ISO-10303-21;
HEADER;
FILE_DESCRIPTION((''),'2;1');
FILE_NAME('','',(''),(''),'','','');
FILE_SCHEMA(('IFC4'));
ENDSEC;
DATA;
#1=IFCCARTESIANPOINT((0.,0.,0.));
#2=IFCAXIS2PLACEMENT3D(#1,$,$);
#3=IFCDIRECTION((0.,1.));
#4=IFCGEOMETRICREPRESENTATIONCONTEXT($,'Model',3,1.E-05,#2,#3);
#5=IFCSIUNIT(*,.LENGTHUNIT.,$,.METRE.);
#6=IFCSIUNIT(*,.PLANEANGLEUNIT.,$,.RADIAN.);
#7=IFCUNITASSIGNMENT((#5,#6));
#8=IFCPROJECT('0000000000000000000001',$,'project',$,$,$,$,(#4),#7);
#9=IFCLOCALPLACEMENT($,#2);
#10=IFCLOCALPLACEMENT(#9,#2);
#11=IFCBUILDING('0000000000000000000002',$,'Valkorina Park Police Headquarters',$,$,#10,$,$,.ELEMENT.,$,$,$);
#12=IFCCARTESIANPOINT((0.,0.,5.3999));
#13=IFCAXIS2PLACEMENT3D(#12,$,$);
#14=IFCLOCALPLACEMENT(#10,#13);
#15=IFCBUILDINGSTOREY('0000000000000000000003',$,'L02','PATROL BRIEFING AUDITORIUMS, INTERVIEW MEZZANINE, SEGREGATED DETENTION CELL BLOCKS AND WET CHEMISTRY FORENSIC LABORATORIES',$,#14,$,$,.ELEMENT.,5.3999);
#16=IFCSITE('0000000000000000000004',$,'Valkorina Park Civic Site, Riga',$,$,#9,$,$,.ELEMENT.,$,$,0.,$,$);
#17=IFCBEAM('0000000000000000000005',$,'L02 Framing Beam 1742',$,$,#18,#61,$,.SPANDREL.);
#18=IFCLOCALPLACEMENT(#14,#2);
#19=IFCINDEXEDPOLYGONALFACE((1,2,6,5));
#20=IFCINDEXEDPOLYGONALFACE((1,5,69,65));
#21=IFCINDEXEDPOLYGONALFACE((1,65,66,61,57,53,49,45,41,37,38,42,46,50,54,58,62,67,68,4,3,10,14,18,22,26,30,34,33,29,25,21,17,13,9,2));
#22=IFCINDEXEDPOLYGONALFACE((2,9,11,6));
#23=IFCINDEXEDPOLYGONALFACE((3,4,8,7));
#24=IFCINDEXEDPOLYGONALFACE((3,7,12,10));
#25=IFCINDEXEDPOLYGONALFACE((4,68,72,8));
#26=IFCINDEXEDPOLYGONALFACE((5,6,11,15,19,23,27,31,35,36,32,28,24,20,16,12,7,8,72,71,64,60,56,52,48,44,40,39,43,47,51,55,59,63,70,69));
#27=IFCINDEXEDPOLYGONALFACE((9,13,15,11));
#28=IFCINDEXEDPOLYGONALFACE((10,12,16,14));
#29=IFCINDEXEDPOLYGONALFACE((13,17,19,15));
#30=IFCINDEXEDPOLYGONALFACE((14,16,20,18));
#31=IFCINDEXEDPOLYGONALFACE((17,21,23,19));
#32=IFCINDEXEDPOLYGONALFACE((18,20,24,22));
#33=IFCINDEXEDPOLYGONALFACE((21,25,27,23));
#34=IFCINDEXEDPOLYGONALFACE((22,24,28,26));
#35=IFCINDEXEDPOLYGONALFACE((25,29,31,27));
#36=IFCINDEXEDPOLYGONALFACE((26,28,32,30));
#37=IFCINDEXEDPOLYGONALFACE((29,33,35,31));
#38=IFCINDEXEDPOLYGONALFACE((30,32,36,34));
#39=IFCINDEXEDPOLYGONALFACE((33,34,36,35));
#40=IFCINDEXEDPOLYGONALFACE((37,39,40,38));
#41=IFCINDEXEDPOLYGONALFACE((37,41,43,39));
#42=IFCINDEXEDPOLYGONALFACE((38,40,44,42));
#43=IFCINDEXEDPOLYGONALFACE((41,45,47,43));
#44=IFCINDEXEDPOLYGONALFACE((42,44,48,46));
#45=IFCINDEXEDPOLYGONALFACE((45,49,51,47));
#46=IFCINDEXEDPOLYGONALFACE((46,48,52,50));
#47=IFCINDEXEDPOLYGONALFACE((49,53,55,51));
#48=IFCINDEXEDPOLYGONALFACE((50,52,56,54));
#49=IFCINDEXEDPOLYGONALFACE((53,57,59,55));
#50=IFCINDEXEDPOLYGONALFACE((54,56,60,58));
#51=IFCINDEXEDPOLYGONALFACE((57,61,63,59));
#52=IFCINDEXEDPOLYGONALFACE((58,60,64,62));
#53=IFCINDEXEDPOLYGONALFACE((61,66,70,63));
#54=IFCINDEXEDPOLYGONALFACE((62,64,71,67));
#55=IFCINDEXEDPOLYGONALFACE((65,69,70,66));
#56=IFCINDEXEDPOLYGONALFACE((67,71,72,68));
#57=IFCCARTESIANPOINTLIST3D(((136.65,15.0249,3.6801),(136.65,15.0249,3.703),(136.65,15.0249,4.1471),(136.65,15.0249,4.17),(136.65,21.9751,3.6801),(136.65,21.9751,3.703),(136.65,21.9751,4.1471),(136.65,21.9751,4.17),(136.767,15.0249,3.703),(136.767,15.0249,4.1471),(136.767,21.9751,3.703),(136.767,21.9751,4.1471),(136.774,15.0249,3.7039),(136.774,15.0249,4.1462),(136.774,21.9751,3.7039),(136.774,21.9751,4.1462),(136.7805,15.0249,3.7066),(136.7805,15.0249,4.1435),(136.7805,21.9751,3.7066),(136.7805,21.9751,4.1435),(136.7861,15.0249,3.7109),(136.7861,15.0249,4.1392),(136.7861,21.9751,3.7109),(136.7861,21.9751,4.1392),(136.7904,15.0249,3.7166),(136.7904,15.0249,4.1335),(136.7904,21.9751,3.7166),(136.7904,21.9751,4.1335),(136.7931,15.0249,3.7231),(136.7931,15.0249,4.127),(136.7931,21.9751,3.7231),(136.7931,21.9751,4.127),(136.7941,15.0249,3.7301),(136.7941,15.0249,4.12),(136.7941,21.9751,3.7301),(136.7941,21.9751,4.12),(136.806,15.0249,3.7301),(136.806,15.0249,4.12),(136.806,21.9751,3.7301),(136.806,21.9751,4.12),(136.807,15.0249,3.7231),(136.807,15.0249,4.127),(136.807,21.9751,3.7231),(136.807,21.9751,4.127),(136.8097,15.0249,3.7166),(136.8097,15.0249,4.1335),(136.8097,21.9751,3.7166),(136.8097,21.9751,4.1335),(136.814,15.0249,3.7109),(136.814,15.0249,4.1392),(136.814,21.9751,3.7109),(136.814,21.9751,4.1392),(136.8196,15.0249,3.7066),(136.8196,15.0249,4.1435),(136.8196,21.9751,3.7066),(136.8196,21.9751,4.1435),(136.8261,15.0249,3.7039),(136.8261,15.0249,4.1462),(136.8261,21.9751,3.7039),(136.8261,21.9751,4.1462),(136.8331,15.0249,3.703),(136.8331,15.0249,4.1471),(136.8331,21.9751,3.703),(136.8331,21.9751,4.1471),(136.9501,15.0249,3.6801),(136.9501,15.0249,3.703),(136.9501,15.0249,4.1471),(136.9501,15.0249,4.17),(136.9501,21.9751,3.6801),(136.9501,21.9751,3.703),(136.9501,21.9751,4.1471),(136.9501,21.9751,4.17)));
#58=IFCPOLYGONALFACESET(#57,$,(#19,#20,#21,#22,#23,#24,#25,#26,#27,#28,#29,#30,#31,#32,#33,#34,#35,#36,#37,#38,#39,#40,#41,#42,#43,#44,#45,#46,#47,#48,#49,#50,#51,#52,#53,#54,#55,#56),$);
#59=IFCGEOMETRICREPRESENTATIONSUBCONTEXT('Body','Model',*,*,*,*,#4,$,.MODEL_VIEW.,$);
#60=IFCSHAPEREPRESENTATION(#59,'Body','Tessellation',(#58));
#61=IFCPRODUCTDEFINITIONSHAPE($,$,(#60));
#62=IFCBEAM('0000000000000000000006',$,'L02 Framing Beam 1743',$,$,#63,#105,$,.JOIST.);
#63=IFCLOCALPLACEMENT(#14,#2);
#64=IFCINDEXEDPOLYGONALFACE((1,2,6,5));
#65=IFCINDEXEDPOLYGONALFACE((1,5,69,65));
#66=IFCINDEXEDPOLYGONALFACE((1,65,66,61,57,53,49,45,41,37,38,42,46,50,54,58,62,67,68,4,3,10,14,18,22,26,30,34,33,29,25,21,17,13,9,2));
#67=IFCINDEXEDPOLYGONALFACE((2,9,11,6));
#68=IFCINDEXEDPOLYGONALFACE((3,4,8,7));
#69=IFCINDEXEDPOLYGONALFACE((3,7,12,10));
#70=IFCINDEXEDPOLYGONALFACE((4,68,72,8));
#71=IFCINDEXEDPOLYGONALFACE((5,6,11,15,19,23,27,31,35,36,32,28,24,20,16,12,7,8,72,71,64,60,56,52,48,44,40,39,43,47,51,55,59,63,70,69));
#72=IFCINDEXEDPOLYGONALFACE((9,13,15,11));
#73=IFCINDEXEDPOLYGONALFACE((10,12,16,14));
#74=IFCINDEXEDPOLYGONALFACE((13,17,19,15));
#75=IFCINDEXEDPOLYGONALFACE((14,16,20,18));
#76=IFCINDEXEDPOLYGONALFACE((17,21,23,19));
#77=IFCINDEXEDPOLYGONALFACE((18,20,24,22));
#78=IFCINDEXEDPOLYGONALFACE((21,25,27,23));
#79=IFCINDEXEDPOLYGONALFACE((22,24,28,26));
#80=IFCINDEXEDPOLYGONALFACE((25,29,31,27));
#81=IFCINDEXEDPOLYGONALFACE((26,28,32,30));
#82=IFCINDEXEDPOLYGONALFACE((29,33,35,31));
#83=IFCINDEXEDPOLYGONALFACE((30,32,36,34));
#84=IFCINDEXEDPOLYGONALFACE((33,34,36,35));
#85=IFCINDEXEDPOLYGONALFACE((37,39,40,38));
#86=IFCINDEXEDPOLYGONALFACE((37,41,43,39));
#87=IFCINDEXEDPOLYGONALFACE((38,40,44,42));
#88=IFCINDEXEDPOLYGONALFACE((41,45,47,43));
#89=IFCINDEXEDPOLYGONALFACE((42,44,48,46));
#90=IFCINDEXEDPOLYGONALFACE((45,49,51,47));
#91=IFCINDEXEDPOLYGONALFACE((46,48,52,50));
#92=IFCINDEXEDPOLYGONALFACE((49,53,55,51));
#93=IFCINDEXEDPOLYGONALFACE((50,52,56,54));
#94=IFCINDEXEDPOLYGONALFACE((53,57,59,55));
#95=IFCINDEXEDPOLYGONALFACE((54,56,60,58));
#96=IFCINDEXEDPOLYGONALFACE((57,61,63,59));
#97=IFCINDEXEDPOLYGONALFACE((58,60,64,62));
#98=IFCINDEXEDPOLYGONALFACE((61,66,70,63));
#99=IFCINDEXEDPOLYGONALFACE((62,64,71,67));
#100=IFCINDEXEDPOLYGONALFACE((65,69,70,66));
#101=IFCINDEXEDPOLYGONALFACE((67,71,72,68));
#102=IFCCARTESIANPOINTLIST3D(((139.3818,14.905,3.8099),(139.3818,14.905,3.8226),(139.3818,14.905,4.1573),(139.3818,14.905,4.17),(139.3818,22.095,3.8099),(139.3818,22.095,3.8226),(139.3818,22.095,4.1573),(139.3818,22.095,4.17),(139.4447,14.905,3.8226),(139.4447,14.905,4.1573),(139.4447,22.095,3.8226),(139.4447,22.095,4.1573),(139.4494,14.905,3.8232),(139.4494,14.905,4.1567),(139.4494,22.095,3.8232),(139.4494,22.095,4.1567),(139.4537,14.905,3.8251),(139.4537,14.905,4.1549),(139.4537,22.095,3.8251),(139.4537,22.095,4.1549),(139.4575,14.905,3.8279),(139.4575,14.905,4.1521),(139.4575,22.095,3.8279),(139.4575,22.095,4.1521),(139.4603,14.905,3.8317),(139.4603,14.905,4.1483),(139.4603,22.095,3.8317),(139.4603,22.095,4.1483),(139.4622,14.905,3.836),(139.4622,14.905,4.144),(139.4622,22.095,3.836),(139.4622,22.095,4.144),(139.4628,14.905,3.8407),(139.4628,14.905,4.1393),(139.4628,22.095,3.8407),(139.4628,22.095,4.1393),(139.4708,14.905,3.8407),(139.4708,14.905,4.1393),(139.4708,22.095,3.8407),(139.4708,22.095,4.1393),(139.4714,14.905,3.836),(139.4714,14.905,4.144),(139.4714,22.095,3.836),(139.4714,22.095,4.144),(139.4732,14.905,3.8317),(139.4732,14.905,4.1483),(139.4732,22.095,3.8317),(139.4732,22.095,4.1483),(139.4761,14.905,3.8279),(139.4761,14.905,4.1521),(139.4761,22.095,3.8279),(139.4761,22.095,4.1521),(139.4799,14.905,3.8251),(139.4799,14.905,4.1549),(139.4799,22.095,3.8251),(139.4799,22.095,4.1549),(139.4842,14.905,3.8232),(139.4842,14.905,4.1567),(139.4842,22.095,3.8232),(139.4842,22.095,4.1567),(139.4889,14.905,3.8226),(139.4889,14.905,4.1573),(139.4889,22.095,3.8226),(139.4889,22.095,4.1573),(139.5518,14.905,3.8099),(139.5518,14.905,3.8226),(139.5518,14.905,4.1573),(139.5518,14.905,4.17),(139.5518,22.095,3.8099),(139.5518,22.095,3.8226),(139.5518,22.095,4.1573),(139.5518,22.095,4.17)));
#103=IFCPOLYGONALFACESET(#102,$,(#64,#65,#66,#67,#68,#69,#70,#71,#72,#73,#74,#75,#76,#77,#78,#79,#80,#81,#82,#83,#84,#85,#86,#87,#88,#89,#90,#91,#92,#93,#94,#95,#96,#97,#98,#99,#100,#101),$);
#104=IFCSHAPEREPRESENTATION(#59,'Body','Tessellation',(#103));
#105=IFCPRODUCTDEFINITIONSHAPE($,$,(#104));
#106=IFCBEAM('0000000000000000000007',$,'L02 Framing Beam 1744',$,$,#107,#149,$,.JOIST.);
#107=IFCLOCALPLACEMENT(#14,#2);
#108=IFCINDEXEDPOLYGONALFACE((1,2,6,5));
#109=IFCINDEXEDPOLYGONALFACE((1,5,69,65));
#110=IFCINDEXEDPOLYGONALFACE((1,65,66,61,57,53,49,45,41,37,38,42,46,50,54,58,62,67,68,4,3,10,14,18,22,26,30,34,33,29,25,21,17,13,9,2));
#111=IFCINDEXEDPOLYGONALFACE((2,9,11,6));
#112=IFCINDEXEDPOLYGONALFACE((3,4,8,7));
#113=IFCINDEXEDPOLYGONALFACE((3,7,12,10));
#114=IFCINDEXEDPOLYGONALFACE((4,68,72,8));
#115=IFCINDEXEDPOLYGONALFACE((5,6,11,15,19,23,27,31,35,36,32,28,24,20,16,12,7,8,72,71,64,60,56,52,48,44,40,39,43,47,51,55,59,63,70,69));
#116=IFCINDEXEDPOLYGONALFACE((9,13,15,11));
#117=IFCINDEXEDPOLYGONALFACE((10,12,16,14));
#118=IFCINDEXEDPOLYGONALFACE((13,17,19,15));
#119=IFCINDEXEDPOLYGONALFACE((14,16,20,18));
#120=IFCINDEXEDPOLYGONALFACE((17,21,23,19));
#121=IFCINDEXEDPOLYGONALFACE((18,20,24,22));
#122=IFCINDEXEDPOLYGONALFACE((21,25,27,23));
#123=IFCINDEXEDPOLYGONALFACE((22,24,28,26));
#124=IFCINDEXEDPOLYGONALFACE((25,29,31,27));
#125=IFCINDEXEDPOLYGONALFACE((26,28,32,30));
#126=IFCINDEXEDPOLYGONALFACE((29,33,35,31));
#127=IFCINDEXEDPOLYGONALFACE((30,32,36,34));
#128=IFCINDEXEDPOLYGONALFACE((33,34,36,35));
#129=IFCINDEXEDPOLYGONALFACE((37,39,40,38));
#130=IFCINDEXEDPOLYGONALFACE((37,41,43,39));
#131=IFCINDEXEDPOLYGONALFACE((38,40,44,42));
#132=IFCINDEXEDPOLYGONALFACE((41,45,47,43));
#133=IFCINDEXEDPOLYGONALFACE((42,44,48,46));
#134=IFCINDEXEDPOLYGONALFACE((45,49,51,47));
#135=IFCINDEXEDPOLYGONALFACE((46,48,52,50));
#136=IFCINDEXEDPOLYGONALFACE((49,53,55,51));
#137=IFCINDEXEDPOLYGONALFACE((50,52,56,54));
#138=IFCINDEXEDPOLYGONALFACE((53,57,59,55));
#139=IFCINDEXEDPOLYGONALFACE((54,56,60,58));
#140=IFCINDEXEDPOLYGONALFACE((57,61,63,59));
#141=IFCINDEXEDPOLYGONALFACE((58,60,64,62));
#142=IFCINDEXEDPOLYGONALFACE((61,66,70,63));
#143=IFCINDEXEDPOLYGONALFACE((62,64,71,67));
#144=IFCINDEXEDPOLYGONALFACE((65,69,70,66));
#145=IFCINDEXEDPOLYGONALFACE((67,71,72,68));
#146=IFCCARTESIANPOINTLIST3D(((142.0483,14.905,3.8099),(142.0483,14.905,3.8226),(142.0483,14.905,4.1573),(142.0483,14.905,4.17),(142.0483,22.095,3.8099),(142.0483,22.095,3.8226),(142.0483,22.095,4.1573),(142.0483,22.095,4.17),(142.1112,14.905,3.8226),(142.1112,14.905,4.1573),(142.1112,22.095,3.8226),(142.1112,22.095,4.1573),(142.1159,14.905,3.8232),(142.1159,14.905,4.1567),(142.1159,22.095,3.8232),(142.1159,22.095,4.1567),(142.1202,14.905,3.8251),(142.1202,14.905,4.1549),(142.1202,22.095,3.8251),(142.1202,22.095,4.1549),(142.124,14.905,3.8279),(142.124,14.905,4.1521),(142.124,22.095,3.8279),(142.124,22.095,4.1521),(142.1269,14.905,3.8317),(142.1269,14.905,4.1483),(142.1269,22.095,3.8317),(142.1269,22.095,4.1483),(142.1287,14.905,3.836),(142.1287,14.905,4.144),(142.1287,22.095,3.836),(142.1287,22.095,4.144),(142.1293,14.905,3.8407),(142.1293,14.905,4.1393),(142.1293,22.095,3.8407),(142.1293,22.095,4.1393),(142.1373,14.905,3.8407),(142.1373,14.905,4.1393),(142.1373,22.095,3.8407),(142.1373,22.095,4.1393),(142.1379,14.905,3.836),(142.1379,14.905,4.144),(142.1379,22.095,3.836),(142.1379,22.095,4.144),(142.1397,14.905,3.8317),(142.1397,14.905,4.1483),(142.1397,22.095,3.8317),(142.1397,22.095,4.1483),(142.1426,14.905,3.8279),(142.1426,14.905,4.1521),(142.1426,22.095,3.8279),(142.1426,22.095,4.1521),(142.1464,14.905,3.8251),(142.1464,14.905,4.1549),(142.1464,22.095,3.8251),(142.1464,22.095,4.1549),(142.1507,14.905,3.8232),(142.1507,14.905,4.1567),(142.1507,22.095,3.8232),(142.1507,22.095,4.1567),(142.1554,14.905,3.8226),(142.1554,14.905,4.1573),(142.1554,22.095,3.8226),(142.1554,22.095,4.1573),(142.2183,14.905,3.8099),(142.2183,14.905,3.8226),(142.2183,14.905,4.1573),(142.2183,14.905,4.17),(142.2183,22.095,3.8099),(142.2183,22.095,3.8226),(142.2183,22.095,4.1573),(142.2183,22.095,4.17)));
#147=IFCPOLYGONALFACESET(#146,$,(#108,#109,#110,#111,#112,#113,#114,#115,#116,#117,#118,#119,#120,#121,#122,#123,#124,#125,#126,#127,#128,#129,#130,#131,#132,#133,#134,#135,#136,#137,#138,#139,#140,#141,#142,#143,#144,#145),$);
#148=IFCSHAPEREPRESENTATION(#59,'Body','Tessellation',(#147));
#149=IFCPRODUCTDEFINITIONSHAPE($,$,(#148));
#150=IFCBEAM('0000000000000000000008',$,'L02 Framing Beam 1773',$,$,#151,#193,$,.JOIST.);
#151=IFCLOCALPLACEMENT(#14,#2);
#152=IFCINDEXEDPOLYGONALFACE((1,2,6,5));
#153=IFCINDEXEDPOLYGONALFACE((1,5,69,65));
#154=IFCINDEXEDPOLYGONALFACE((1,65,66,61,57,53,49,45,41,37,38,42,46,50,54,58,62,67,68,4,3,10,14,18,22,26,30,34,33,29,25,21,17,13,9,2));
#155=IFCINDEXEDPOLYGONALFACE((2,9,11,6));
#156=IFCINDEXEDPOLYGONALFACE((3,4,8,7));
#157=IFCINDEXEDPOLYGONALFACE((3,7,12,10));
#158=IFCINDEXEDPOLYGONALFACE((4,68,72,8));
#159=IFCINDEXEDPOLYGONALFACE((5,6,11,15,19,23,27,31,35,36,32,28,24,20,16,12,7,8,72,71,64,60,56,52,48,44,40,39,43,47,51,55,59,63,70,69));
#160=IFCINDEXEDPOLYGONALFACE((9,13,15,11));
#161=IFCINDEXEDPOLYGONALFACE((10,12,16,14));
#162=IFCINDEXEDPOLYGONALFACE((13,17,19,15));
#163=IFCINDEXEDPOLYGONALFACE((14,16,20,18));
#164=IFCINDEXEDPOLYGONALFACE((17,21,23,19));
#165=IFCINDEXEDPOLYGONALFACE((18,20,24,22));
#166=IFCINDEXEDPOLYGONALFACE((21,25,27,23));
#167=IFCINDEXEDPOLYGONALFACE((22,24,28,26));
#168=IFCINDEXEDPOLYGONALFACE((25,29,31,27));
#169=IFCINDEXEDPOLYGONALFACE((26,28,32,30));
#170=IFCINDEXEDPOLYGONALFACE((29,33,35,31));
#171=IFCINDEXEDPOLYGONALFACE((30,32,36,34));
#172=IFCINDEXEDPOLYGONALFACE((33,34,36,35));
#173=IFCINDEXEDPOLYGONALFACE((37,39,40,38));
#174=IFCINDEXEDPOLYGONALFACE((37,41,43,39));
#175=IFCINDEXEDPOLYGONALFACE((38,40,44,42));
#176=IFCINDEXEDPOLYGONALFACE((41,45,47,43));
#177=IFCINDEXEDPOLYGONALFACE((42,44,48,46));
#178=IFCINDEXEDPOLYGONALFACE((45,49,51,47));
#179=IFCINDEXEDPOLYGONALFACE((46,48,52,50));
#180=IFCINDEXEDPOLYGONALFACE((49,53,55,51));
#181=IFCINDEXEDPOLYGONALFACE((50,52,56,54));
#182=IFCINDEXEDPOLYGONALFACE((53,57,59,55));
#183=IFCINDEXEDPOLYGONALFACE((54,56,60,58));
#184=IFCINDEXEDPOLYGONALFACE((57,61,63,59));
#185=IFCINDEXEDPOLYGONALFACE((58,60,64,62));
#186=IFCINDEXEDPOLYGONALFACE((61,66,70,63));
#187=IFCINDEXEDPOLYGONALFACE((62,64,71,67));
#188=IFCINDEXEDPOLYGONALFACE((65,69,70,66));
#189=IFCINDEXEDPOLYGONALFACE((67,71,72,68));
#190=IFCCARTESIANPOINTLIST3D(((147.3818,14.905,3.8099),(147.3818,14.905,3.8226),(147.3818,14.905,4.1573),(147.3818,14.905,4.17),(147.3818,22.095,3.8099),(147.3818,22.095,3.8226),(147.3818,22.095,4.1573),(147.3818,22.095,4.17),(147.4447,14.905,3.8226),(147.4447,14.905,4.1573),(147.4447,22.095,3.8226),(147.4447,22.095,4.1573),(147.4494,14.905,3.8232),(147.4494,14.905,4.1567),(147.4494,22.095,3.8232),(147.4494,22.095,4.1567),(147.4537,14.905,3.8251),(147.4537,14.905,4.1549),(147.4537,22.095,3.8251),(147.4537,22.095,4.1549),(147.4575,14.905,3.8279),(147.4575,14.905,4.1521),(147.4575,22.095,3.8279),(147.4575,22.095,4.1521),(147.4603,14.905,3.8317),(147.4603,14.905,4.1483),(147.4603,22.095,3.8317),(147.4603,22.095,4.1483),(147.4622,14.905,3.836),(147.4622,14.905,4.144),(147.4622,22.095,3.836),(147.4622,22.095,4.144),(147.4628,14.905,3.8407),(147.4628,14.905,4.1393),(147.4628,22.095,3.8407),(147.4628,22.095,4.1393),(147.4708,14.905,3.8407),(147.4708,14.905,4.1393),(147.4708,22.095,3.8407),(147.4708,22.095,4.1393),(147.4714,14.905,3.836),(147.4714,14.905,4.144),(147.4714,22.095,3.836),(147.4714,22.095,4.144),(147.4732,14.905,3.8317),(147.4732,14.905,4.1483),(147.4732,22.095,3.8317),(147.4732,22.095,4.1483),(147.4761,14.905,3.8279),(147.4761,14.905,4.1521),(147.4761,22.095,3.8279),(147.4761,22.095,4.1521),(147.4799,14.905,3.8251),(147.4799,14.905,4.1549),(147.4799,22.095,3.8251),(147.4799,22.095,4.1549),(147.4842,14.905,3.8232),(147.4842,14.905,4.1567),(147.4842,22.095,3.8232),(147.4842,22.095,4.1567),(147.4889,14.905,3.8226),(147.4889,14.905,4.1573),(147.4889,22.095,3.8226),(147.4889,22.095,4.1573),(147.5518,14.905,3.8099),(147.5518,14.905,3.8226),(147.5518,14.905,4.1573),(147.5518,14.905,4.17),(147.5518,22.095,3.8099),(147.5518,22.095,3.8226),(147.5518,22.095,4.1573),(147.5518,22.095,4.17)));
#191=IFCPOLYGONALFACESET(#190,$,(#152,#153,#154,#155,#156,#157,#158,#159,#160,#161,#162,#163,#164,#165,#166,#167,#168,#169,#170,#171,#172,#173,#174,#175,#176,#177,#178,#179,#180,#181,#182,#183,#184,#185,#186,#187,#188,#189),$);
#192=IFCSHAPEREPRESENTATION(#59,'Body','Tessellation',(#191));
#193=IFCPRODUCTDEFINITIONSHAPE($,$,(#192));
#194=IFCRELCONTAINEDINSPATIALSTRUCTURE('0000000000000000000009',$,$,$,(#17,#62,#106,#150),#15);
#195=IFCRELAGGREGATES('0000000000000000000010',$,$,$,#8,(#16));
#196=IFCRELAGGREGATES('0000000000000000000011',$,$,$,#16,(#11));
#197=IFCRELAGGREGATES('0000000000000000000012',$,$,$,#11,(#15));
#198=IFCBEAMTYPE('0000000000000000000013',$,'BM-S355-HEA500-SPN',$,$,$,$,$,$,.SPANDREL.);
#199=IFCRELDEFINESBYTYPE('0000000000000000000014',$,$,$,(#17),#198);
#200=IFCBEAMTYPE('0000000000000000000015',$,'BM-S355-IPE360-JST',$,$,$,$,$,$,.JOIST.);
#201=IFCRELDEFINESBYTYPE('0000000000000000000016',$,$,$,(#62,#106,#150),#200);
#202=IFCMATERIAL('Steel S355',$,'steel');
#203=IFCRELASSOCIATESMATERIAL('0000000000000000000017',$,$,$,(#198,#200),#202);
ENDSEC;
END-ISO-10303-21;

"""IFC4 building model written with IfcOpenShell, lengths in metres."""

from ifc_helpers import new_model, si_unit, direction, frame, origin, origin_2d, place, context, subcontext, project, spatial, i_section, extrude, material, material_profile, profile_set, type_object, element, save


model = new_model("IFC4")

# Units and contexts
model_context = context("Model", 3, precision=1e-05, world=origin(), true_north=direction((0.0, 1.0)))
body_context = subcontext(model_context, "Body", "Model", "MODEL_VIEW")
ifc_project = project(units=[si_unit("LENGTHUNIT", "METRE"), si_unit("PLANEANGLEUNIT", "RADIAN")], contexts=[model_context])

# Site, building, storey
site_placement = place(None, origin())
site = spatial("IfcSite", under=ifc_project, at=site_placement, Name="Valkorina Park Civic Site, Riga", CompositionType="ELEMENT", RefElevation=0.0)
building_placement = place(site_placement, origin())
building = spatial("IfcBuilding", under=site, at=building_placement, Name="Valkorina Park Police Headquarters", CompositionType="ELEMENT")
storey_placement = place(building_placement, frame((0.0, 0.0, 5.3999)))
storey = spatial("IfcBuildingStorey", under=building, at=storey_placement, Name="L02", Description="PATROL BRIEFING AUDITORIUMS, INTERVIEW MEZZANINE, SEGREGATED DETENTION CELL BLOCKS AND WET CHEMISTRY FORENSIC LABORATORIES", CompositionType="ELEMENT", Elevation=5.3999)

# Shared definitions
ifc_material_1 = material(Name="Steel S355", Category="steel")

# Beams
ifc_material_profile_1 = material_profile(ifc_material_1, i_section(OverallWidth=0.3, OverallDepth=0.49, WebThickness=0.012, FlangeThickness=0.0229, FilletRadius=0.0271, at=origin_2d()), Name="HEA 500")
ifc_profile_set_1 = profile_set([ifc_material_profile_1], Name="Steel S355")
beam_type_1 = type_object("IfcBeamType", Name="BM-S355-HEA500-SPN", PredefinedType="SPANDREL", material=ifc_profile_set_1)
beam_1_placement = place(storey_placement, frame((136.8, 15.0249, 3.925), z_axis=(0.0, 1.0, 0.0), x_axis=(-1.0, 0.0, 0.0)))
element("IfcBeam", 1, at=beam_1_placement, inside=storey, type_object=beam_type_1, Name="L02 Framing Beam 1742", PredefinedType="SPANDREL", context=body_context, shape_type="SweptSolid", body=[
    extrude(i_section(OverallWidth=0.3, OverallDepth=0.49, WebThickness=0.012, FlangeThickness=0.0229, FilletRadius=0.0271, at=origin_2d()), origin(), (0.0, 0.0, 1.0), 6.9502),
])
ifc_material_profile_2 = material_profile(ifc_material_1, i_section(OverallWidth=0.1699, OverallDepth=0.3601, WebThickness=0.0081, FlangeThickness=0.0127, FilletRadius=0.0181, at=origin_2d()), Name="IPE 360")
ifc_profile_set_2 = profile_set([ifc_material_profile_2], Name="Steel S355")
beam_type_2 = type_object("IfcBeamType", Name="BM-S355-IPE360-JST", PredefinedType="JOIST", material=ifc_profile_set_2)
for number, where, z_axis, x_axis, name in (
    (2, (139.4668, 14.905, 3.99), (0.0, 1.0, 0.0), (-1.0, 0.0, 0.0), "L02 Framing Beam 1743"),
    (3, (142.1333, 14.905, 3.99), (0.0, 1.0, 0.0), (-1.0, 0.0, 0.0), "L02 Framing Beam 1744"),
    (4, (147.4668, 14.905, 3.99), (0.0, 1.0, 0.0), (-1.0, 0.0, 0.0), "L02 Framing Beam 1773"),
):
    element("IfcBeam", number, at=place(storey_placement, frame(where, z_axis=z_axis, x_axis=x_axis)), inside=storey, type_object=beam_type_2, Name=name, PredefinedType="JOIST", context=body_context, shape_type="SweptSolid", body=[
        extrude(i_section(OverallWidth=0.1699, OverallDepth=0.3601, WebThickness=0.0081, FlangeThickness=0.0127, FilletRadius=0.0181, at=origin_2d()), origin(), (0.0, 0.0, 1.0), 7.1899),
    ])

save(model, "model.ifc")
